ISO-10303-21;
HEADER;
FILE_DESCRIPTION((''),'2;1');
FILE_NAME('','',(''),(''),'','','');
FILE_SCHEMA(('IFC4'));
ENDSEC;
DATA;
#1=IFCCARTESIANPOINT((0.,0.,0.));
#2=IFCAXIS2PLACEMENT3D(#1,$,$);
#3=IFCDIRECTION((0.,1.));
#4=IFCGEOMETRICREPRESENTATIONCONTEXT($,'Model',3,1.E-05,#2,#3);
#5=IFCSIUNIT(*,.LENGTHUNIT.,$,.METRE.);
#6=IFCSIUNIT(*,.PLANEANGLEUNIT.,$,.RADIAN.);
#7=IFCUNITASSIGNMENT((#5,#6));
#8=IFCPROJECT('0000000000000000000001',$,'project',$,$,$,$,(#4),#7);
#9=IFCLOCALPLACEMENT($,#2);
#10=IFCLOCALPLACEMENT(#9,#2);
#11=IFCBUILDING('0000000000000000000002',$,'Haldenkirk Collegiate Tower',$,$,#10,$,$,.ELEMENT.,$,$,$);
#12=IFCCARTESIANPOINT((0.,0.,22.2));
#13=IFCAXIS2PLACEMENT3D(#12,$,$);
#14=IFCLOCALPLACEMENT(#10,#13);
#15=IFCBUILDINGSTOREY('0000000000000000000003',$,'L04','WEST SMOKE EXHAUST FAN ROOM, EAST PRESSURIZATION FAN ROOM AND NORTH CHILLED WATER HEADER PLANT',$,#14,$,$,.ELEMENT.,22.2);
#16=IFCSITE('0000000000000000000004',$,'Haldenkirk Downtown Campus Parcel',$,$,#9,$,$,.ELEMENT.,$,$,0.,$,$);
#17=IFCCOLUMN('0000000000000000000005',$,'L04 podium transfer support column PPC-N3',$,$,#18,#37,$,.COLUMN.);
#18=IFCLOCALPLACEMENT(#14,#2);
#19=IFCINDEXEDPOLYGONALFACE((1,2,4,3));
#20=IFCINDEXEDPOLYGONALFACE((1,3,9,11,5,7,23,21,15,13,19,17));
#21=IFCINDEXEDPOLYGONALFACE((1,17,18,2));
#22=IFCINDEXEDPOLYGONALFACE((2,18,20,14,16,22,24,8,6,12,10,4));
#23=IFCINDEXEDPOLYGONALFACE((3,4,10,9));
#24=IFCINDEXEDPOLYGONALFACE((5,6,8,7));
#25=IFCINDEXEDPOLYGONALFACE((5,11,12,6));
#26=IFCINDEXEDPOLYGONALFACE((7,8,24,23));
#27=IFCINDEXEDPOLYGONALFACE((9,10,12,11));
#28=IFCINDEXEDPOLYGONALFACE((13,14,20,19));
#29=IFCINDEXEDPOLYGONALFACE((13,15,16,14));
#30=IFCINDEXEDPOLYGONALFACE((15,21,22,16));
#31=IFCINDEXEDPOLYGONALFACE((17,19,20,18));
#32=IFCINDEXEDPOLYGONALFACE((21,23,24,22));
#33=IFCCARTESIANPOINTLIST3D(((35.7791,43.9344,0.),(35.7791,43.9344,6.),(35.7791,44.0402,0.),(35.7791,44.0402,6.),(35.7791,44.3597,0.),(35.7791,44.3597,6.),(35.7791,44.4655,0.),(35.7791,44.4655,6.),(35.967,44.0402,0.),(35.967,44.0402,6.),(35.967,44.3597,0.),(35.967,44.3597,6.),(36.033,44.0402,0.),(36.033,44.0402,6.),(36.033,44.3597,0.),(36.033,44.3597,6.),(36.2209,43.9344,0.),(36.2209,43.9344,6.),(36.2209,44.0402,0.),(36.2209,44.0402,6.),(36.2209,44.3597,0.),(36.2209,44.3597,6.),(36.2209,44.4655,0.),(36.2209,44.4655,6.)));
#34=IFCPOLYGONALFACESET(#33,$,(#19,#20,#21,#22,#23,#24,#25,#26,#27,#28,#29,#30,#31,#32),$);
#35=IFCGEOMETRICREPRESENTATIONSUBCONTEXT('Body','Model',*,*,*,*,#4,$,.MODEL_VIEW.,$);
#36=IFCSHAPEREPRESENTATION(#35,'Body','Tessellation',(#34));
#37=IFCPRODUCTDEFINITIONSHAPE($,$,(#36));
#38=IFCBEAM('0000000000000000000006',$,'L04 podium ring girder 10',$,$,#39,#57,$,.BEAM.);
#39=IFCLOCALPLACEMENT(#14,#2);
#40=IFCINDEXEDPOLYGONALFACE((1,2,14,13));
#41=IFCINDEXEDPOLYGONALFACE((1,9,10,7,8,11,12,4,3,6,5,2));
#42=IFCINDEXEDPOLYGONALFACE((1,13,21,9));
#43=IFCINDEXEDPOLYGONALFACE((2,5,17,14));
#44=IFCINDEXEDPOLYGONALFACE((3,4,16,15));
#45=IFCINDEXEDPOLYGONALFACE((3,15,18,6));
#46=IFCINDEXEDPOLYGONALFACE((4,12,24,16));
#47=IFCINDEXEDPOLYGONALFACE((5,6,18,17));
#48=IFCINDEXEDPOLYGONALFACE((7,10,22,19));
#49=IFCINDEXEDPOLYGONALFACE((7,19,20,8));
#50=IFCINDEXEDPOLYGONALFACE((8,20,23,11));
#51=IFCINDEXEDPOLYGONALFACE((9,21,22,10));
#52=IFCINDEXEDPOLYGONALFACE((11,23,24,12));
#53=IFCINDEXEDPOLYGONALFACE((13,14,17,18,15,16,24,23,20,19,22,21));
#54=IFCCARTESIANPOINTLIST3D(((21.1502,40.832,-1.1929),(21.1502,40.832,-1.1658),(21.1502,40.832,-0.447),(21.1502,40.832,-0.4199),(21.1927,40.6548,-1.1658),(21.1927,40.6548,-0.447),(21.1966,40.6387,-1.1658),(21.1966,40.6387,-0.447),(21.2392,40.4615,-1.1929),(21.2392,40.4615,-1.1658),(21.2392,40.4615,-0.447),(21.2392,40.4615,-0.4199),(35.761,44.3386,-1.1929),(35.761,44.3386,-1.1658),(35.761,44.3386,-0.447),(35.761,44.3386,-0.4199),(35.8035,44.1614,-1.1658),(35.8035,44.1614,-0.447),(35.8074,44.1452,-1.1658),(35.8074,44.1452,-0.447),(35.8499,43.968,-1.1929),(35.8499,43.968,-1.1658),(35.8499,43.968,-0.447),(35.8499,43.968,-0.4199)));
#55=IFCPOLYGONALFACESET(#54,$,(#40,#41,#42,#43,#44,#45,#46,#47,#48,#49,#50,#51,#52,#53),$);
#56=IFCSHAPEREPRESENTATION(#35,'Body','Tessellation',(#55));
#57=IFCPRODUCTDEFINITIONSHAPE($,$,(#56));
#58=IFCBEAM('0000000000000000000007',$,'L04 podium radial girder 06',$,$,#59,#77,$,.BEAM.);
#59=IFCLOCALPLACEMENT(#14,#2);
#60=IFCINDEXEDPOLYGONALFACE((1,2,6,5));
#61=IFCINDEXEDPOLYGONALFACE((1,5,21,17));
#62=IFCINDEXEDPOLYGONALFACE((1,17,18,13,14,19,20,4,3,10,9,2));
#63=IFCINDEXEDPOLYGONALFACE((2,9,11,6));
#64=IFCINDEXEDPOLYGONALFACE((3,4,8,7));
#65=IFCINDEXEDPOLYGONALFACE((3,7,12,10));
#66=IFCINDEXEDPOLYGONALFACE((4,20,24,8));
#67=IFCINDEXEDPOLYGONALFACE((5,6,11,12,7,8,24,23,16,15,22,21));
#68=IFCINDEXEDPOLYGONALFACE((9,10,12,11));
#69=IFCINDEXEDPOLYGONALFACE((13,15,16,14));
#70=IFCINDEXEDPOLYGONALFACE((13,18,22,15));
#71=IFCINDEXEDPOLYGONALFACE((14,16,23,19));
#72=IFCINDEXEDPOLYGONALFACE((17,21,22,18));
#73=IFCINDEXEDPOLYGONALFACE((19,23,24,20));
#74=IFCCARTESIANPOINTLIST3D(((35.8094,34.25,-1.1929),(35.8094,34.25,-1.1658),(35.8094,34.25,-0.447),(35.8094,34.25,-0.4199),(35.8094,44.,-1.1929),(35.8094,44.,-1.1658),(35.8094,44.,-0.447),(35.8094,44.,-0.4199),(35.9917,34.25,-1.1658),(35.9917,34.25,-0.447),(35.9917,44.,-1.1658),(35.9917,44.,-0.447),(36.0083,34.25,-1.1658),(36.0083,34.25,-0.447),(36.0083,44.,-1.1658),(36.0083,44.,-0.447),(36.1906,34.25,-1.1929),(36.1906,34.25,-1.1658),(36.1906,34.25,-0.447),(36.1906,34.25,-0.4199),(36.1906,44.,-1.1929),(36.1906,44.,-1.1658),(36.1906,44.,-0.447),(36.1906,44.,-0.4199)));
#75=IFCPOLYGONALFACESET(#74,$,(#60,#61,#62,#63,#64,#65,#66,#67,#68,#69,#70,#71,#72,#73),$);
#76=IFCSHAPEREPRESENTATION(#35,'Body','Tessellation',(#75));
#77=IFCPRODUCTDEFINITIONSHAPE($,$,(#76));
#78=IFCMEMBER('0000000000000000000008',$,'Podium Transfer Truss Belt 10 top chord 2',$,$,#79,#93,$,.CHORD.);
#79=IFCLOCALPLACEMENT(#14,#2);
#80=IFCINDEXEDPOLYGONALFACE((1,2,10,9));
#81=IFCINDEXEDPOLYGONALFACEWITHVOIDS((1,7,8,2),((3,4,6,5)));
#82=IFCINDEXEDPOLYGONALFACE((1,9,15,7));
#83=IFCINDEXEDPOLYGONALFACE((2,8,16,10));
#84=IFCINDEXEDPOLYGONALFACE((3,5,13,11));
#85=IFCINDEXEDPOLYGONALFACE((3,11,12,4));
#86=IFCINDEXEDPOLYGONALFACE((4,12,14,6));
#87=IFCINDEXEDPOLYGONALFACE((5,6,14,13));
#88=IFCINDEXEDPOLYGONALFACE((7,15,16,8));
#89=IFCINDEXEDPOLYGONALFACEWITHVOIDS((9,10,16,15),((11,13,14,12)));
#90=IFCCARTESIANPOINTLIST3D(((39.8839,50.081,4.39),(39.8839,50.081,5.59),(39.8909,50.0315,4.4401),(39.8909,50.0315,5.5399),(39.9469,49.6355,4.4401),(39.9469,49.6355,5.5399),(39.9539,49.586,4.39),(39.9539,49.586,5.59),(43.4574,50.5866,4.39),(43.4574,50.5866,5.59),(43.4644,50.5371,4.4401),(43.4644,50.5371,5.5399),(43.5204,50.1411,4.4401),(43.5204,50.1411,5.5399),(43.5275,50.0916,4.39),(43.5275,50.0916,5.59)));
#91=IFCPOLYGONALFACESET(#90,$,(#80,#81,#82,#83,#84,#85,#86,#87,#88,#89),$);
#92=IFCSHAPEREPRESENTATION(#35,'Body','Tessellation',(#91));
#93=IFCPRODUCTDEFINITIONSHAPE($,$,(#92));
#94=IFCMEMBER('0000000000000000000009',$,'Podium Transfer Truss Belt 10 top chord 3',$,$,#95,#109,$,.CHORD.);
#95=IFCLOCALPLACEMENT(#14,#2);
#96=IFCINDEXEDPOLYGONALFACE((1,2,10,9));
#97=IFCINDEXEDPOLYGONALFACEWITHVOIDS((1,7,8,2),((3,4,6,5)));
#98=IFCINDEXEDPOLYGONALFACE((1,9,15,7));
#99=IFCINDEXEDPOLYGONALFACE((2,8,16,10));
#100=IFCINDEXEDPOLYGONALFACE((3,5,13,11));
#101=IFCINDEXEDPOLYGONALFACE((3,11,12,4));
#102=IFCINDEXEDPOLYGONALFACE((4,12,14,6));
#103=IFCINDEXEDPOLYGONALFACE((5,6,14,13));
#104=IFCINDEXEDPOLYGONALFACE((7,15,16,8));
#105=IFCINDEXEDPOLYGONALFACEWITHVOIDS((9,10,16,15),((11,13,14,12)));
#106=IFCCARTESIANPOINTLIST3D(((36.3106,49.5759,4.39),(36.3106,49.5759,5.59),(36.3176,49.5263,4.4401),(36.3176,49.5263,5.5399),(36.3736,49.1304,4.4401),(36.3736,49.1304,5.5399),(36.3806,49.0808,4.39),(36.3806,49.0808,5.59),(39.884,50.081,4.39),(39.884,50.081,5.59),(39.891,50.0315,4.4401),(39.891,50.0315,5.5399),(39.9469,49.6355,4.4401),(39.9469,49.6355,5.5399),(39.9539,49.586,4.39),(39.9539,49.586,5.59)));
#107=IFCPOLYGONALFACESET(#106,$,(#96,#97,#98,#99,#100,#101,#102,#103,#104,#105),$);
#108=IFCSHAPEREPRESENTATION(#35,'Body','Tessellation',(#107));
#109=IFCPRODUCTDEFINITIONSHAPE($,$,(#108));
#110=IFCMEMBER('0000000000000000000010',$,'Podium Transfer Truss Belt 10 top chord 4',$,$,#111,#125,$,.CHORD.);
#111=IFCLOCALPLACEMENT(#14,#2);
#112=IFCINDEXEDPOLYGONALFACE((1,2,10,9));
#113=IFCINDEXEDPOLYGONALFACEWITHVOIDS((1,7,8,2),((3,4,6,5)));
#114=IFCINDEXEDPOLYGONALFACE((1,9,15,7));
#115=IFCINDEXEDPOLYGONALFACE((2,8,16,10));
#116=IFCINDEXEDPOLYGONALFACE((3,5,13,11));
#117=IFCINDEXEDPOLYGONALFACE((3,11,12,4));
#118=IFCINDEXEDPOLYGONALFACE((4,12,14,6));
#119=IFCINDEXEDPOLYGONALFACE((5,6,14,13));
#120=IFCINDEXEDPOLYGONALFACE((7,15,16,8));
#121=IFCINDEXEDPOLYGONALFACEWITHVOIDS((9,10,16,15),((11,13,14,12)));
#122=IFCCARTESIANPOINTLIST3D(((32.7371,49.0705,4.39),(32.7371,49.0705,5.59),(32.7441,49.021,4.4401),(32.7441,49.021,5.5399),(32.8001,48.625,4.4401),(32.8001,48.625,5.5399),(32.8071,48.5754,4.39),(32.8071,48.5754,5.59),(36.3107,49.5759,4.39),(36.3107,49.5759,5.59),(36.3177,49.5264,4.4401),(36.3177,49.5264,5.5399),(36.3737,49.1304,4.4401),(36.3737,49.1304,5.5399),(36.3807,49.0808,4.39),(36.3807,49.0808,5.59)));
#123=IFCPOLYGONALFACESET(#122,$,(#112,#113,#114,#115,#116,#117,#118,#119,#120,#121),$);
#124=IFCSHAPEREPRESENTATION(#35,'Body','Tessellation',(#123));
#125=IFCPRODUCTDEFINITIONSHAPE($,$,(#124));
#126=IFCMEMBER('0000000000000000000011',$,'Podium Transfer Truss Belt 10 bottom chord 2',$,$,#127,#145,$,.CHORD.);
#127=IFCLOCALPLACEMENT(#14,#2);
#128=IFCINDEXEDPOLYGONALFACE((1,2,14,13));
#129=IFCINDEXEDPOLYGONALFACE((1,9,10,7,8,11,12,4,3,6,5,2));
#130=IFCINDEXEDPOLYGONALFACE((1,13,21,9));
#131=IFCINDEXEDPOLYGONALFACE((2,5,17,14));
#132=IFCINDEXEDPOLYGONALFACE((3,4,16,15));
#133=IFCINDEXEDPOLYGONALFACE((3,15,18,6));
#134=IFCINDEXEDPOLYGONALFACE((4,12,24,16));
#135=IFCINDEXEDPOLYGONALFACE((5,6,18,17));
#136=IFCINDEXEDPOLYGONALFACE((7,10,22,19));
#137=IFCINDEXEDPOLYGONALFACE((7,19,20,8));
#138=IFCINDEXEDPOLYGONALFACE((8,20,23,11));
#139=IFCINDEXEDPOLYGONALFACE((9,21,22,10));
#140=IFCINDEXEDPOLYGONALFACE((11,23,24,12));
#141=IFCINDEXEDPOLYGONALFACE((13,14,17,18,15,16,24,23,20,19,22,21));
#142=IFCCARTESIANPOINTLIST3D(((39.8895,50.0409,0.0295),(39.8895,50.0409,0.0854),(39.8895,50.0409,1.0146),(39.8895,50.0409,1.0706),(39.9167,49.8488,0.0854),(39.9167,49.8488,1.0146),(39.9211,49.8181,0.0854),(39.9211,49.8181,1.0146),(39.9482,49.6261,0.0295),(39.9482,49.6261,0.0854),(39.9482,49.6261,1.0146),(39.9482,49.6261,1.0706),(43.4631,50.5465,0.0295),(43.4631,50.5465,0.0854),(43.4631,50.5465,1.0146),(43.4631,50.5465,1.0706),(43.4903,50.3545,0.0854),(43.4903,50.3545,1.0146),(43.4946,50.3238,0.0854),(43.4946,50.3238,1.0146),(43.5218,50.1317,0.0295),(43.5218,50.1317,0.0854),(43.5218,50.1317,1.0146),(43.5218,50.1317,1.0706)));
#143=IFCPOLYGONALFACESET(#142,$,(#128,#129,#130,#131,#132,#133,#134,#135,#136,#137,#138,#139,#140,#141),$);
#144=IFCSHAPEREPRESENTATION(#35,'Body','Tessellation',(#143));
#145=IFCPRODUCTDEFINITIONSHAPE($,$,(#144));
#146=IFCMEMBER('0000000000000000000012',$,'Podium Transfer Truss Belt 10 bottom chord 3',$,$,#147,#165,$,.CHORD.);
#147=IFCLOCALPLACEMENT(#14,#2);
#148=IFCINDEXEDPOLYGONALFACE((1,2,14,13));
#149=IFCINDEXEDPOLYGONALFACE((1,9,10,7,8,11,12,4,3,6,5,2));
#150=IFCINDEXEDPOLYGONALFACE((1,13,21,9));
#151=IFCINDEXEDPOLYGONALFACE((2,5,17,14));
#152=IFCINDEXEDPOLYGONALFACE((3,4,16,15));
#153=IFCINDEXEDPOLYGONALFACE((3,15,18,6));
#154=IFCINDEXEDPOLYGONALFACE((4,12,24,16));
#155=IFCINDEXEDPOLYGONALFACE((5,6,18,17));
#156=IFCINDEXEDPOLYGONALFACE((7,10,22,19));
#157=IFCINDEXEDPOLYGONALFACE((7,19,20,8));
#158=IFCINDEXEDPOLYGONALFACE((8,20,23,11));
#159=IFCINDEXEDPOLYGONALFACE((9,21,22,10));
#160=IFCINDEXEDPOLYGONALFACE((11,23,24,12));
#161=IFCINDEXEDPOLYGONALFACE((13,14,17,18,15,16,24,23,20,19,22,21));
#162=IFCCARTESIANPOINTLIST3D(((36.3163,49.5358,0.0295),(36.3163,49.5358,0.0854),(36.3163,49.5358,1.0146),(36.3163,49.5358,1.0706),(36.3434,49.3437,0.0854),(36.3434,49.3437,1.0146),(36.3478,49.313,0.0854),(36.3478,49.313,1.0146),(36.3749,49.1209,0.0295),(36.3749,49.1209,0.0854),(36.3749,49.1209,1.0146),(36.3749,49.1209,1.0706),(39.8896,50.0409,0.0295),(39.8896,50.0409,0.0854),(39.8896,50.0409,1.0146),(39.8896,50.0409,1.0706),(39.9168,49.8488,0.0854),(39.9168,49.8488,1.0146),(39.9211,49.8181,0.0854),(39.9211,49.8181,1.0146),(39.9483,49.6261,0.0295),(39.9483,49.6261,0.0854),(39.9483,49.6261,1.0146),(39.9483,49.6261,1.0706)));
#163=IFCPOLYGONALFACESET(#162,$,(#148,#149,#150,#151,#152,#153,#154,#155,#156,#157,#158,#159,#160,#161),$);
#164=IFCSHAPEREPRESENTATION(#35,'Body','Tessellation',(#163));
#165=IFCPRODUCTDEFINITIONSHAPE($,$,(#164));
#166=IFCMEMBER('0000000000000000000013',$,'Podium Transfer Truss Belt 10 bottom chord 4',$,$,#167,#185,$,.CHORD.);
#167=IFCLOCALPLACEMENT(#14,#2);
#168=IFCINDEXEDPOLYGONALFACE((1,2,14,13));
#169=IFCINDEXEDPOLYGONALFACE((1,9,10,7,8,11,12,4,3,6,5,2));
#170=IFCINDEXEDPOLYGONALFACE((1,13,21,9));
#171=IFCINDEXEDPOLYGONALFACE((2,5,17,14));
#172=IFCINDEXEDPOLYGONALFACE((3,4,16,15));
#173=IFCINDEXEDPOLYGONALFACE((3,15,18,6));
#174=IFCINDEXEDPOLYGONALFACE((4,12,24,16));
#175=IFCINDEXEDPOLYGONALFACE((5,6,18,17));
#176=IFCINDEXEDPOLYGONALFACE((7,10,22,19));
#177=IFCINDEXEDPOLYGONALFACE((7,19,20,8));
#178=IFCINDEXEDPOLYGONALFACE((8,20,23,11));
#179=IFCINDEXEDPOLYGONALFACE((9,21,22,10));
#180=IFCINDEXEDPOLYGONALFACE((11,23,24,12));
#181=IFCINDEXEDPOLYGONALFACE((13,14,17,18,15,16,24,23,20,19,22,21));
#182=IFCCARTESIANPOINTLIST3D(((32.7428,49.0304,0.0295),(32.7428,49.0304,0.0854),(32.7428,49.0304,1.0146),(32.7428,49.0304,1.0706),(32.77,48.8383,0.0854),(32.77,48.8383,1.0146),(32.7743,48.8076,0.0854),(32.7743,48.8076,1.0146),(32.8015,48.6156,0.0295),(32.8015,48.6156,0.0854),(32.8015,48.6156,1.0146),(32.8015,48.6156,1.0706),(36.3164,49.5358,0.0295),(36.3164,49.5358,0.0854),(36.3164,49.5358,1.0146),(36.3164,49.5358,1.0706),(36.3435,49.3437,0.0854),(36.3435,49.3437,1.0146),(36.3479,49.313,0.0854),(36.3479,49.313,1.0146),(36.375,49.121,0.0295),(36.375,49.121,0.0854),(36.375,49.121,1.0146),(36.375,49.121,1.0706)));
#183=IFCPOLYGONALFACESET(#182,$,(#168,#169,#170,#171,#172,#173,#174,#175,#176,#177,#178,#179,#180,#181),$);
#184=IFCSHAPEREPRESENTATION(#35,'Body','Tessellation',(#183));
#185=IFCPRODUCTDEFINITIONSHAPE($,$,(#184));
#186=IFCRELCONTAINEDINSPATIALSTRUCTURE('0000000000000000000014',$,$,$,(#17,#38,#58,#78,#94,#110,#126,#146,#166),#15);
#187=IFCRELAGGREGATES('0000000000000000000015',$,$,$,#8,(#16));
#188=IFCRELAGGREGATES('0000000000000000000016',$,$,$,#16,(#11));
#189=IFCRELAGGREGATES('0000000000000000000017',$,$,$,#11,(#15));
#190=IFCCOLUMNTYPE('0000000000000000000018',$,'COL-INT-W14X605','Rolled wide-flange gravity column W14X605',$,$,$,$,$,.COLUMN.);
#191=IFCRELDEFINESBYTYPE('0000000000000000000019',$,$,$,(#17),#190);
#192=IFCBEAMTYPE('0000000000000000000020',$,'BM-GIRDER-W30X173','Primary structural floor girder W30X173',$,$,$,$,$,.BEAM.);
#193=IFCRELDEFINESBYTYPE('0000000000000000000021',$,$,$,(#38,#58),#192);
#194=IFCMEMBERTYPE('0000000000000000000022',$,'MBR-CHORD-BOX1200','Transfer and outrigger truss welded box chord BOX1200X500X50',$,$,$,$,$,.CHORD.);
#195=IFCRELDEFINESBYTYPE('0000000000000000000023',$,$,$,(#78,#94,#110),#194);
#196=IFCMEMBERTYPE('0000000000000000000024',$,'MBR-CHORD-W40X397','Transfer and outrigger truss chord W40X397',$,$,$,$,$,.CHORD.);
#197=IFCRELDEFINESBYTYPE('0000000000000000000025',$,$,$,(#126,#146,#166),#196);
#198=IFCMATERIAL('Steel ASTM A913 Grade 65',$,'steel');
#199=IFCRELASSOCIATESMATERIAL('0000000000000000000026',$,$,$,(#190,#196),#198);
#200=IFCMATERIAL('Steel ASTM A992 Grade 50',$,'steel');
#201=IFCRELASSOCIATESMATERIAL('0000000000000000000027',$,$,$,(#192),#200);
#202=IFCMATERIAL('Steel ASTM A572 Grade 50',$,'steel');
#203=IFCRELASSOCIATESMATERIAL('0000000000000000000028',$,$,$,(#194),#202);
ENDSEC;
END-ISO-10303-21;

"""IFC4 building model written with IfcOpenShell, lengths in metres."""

from ifc_helpers import new_model, si_unit, direction, frame, origin, origin_2d, place, context, subcontext, project, spatial, hollow_rectangle, i_section, extrude, material, material_profile, profile_set, type_object, element, save


model = new_model("IFC4")

# Units and contexts
model_context = context("Model", 3, precision=1e-05, world=origin(), true_north=direction((0.0, 1.0)))
body_context = subcontext(model_context, "Body", "Model", "MODEL_VIEW")
ifc_project = project(units=[si_unit("LENGTHUNIT", "METRE"), si_unit("PLANEANGLEUNIT", "RADIAN")], contexts=[model_context])

# Site, building, storey
site_placement = place(None, origin())
site = spatial("IfcSite", under=ifc_project, at=site_placement, Name="Haldenkirk Downtown Campus Parcel", CompositionType="ELEMENT", RefElevation=0.0)
building_placement = place(site_placement, origin())
building = spatial("IfcBuilding", under=site, at=building_placement, Name="Haldenkirk Collegiate Tower", CompositionType="ELEMENT")
storey_placement = place(building_placement, frame((0.0, 0.0, 22.2)))
storey = spatial("IfcBuildingStorey", under=building, at=storey_placement, Name="L04", Description="WEST SMOKE EXHAUST FAN ROOM, EAST PRESSURIZATION FAN ROOM AND NORTH CHILLED WATER HEADER PLANT", CompositionType="ELEMENT", Elevation=22.2)

# Column
ifc_material_1 = material(Name="Steel ASTM A913 Grade 65", Category="steel")
ifc_material_profile_1 = material_profile(ifc_material_1, i_section(OverallWidth=0.4419, OverallDepth=0.531, WebThickness=0.0659, FlangeThickness=0.1057, at=origin_2d()), Name="W14X605")
ifc_profile_set_1 = profile_set([ifc_material_profile_1], Name="Steel ASTM A913 Grade 65")
column_type = type_object("IfcColumnType", Name="COL-INT-W14X605", Description="Rolled wide-flange gravity column W14X605", PredefinedType="COLUMN", material=ifc_profile_set_1)
column_placement = place(storey_placement, frame((36.0, 44.2, 0.0), z_axis=(0.0, 0.0, 1.0), x_axis=(1.0, 0.0, 0.0)))
element("IfcColumn", 1, at=column_placement, inside=storey, type_object=column_type, Name="L04 podium transfer support column PPC-N3", PredefinedType="COLUMN", context=body_context, shape_type="SweptSolid", body=[
    extrude(i_section(OverallWidth=0.4419, OverallDepth=0.531, WebThickness=0.0659, FlangeThickness=0.1057, at=origin_2d()), origin(), (0.0, 0.0, 1.0), 6.0),
])

# Beams
ifc_material_2 = material(Name="Steel ASTM A992 Grade 50", Category="steel")
ifc_material_profile_2 = material_profile(ifc_material_2, i_section(OverallWidth=0.3811, OverallDepth=0.7729, WebThickness=0.0166, FlangeThickness=0.0271, at=origin_2d()), Name="W30X173")
ifc_profile_set_2 = profile_set([ifc_material_profile_2], Name="Steel ASTM A992 Grade 50")
beam_type = type_object("IfcBeamType", Name="BM-GIRDER-W30X173", Description="Primary structural floor girder W30X173", PredefinedType="BEAM", material=ifc_profile_set_2)
beam_1_placement = place(storey_placement, frame((35.8054, 44.1533, -0.8064), z_axis=(-0.972387, -0.233372, 0.0), x_axis=(0.233372, -0.972387, 0.0)))
element("IfcBeam", 2, at=beam_1_placement, inside=storey, type_object=beam_type, Name="L04 podium ring girder 10", PredefinedType="BEAM", context=body_context, shape_type="SweptSolid", body=[
    extrude(i_section(OverallWidth=0.3811, OverallDepth=0.7729, WebThickness=0.0166, FlangeThickness=0.0271, at=origin_2d()), origin(), (0.0, 0.0, 1.0), 15.0256),
])
beam_2_placement = place(storey_placement, frame((36.0, 44.0, -0.8064), z_axis=(0.0, -1.0, 0.0), x_axis=(1.0, 0.0, 0.0)))
element("IfcBeam", 3, at=beam_2_placement, inside=storey, type_object=beam_type, Name="L04 podium radial girder 06", PredefinedType="BEAM", context=body_context, shape_type="SweptSolid", body=[
    extrude(i_section(OverallWidth=0.3811, OverallDepth=0.7729, WebThickness=0.0166, FlangeThickness=0.0271, at=origin_2d()), origin(), (0.0, 0.0, 1.0), 9.75),
])

# Members
ifc_material_3 = material(Name="Steel ASTM A572 Grade 50", Category="steel")
ifc_material_profile_3 = material_profile(ifc_material_3, hollow_rectangle(XDim=0.5, YDim=1.2, WallThickness=0.05, at=origin_2d()), Name="BOX1200X500X50")
ifc_profile_set_3 = profile_set([ifc_material_profile_3], Name="Steel ASTM A572 Grade 50")
member_type_1 = type_object("IfcMemberType", Name="MBR-CHORD-BOX1200", Description="Transfer and outrigger truss welded box chord BOX1200X500X50", PredefinedType="CHORD", material=ifc_profile_set_3)
member_1_placement = place(storey_placement, frame((43.4924, 50.3391, 4.99), z_axis=(-0.990138, -0.140095, 0.0), x_axis=(0.140095, -0.990138, 0.0)))
element("IfcMember", 4, at=member_1_placement, inside=storey, type_object=member_type_1, Name="Podium Transfer Truss Belt 10 top chord 2", PredefinedType="CHORD", context=body_context, shape_type="SweptSolid", body=[
    extrude(hollow_rectangle(XDim=0.5, YDim=1.2, WallThickness=0.05, at=origin_2d()), origin(), (0.0, 0.0, 1.0), 3.6091),
])
member_2_placement = place(storey_placement, frame((39.9189, 49.8335, 4.99), z_axis=(-0.990155, -0.139972, 0.0), x_axis=(0.139972, -0.990155, 0.0)))
element("IfcMember", 5, at=member_2_placement, inside=storey, type_object=member_type_1, Name="Podium Transfer Truss Belt 10 top chord 3", PredefinedType="CHORD", context=body_context, shape_type="SweptSolid", body=[
    extrude(hollow_rectangle(XDim=0.5, YDim=1.2, WallThickness=0.05, at=origin_2d()), origin(), (0.0, 0.0, 1.0), 3.6089),
])
member_3_placement = place(storey_placement, frame((36.3457, 49.3284, 4.99), z_axis=(-0.990147, -0.140029, 0.0), x_axis=(0.140029, -0.990147, 0.0)))
element("IfcMember", 6, at=member_3_placement, inside=storey, type_object=member_type_1, Name="Podium Transfer Truss Belt 10 top chord 4", PredefinedType="CHORD", context=body_context, shape_type="SweptSolid", body=[
    extrude(hollow_rectangle(XDim=0.5, YDim=1.2, WallThickness=0.05, at=origin_2d()), origin(), (0.0, 0.0, 1.0), 3.6091),
])
ifc_material_profile_4 = material_profile(ifc_material_1, i_section(OverallWidth=0.4189, OverallDepth=1.041, WebThickness=0.031, FlangeThickness=0.0559, at=origin_2d()), Name="W40X397")
ifc_profile_set_4 = profile_set([ifc_material_profile_4], Name="Steel ASTM A913 Grade 65")
member_type_2 = type_object("IfcMemberType", Name="MBR-CHORD-W40X397", Description="Transfer and outrigger truss chord W40X397", PredefinedType="CHORD", material=ifc_profile_set_4)
member_4_placement = place(storey_placement, frame((43.4924, 50.3391, 0.55), z_axis=(-0.990138, -0.140095, 0.0), x_axis=(0.140095, -0.990138, 0.0)))
element("IfcMember", 7, at=member_4_placement, inside=storey, type_object=member_type_2, Name="Podium Transfer Truss Belt 10 bottom chord 2", PredefinedType="CHORD", context=body_context, shape_type="SweptSolid", body=[
    extrude(i_section(OverallWidth=0.4189, OverallDepth=1.041, WebThickness=0.031, FlangeThickness=0.0559, at=origin_2d()), origin(), (0.0, 0.0, 1.0), 3.6091),
])
member_5_placement = place(storey_placement, frame((39.9189, 49.8335, 0.55), z_axis=(-0.990155, -0.139972, 0.0), x_axis=(0.139972, -0.990155, 0.0)))
element("IfcMember", 8, at=member_5_placement, inside=storey, type_object=member_type_2, Name="Podium Transfer Truss Belt 10 bottom chord 3", PredefinedType="CHORD", context=body_context, shape_type="SweptSolid", body=[
    extrude(i_section(OverallWidth=0.4189, OverallDepth=1.041, WebThickness=0.031, FlangeThickness=0.0559, at=origin_2d()), origin(), (0.0, 0.0, 1.0), 3.6089),
])
member_6_placement = place(storey_placement, frame((36.3457, 49.3284, 0.55), z_axis=(-0.990147, -0.140029, 0.0), x_axis=(0.140029, -0.990147, 0.0)))
element("IfcMember", 9, at=member_6_placement, inside=storey, type_object=member_type_2, Name="Podium Transfer Truss Belt 10 bottom chord 4", PredefinedType="CHORD", context=body_context, shape_type="SweptSolid", body=[
    extrude(i_section(OverallWidth=0.4189, OverallDepth=1.041, WebThickness=0.031, FlangeThickness=0.0559, at=origin_2d()), origin(), (0.0, 0.0, 1.0), 3.6091),
])

save(model, "model.ifc")
